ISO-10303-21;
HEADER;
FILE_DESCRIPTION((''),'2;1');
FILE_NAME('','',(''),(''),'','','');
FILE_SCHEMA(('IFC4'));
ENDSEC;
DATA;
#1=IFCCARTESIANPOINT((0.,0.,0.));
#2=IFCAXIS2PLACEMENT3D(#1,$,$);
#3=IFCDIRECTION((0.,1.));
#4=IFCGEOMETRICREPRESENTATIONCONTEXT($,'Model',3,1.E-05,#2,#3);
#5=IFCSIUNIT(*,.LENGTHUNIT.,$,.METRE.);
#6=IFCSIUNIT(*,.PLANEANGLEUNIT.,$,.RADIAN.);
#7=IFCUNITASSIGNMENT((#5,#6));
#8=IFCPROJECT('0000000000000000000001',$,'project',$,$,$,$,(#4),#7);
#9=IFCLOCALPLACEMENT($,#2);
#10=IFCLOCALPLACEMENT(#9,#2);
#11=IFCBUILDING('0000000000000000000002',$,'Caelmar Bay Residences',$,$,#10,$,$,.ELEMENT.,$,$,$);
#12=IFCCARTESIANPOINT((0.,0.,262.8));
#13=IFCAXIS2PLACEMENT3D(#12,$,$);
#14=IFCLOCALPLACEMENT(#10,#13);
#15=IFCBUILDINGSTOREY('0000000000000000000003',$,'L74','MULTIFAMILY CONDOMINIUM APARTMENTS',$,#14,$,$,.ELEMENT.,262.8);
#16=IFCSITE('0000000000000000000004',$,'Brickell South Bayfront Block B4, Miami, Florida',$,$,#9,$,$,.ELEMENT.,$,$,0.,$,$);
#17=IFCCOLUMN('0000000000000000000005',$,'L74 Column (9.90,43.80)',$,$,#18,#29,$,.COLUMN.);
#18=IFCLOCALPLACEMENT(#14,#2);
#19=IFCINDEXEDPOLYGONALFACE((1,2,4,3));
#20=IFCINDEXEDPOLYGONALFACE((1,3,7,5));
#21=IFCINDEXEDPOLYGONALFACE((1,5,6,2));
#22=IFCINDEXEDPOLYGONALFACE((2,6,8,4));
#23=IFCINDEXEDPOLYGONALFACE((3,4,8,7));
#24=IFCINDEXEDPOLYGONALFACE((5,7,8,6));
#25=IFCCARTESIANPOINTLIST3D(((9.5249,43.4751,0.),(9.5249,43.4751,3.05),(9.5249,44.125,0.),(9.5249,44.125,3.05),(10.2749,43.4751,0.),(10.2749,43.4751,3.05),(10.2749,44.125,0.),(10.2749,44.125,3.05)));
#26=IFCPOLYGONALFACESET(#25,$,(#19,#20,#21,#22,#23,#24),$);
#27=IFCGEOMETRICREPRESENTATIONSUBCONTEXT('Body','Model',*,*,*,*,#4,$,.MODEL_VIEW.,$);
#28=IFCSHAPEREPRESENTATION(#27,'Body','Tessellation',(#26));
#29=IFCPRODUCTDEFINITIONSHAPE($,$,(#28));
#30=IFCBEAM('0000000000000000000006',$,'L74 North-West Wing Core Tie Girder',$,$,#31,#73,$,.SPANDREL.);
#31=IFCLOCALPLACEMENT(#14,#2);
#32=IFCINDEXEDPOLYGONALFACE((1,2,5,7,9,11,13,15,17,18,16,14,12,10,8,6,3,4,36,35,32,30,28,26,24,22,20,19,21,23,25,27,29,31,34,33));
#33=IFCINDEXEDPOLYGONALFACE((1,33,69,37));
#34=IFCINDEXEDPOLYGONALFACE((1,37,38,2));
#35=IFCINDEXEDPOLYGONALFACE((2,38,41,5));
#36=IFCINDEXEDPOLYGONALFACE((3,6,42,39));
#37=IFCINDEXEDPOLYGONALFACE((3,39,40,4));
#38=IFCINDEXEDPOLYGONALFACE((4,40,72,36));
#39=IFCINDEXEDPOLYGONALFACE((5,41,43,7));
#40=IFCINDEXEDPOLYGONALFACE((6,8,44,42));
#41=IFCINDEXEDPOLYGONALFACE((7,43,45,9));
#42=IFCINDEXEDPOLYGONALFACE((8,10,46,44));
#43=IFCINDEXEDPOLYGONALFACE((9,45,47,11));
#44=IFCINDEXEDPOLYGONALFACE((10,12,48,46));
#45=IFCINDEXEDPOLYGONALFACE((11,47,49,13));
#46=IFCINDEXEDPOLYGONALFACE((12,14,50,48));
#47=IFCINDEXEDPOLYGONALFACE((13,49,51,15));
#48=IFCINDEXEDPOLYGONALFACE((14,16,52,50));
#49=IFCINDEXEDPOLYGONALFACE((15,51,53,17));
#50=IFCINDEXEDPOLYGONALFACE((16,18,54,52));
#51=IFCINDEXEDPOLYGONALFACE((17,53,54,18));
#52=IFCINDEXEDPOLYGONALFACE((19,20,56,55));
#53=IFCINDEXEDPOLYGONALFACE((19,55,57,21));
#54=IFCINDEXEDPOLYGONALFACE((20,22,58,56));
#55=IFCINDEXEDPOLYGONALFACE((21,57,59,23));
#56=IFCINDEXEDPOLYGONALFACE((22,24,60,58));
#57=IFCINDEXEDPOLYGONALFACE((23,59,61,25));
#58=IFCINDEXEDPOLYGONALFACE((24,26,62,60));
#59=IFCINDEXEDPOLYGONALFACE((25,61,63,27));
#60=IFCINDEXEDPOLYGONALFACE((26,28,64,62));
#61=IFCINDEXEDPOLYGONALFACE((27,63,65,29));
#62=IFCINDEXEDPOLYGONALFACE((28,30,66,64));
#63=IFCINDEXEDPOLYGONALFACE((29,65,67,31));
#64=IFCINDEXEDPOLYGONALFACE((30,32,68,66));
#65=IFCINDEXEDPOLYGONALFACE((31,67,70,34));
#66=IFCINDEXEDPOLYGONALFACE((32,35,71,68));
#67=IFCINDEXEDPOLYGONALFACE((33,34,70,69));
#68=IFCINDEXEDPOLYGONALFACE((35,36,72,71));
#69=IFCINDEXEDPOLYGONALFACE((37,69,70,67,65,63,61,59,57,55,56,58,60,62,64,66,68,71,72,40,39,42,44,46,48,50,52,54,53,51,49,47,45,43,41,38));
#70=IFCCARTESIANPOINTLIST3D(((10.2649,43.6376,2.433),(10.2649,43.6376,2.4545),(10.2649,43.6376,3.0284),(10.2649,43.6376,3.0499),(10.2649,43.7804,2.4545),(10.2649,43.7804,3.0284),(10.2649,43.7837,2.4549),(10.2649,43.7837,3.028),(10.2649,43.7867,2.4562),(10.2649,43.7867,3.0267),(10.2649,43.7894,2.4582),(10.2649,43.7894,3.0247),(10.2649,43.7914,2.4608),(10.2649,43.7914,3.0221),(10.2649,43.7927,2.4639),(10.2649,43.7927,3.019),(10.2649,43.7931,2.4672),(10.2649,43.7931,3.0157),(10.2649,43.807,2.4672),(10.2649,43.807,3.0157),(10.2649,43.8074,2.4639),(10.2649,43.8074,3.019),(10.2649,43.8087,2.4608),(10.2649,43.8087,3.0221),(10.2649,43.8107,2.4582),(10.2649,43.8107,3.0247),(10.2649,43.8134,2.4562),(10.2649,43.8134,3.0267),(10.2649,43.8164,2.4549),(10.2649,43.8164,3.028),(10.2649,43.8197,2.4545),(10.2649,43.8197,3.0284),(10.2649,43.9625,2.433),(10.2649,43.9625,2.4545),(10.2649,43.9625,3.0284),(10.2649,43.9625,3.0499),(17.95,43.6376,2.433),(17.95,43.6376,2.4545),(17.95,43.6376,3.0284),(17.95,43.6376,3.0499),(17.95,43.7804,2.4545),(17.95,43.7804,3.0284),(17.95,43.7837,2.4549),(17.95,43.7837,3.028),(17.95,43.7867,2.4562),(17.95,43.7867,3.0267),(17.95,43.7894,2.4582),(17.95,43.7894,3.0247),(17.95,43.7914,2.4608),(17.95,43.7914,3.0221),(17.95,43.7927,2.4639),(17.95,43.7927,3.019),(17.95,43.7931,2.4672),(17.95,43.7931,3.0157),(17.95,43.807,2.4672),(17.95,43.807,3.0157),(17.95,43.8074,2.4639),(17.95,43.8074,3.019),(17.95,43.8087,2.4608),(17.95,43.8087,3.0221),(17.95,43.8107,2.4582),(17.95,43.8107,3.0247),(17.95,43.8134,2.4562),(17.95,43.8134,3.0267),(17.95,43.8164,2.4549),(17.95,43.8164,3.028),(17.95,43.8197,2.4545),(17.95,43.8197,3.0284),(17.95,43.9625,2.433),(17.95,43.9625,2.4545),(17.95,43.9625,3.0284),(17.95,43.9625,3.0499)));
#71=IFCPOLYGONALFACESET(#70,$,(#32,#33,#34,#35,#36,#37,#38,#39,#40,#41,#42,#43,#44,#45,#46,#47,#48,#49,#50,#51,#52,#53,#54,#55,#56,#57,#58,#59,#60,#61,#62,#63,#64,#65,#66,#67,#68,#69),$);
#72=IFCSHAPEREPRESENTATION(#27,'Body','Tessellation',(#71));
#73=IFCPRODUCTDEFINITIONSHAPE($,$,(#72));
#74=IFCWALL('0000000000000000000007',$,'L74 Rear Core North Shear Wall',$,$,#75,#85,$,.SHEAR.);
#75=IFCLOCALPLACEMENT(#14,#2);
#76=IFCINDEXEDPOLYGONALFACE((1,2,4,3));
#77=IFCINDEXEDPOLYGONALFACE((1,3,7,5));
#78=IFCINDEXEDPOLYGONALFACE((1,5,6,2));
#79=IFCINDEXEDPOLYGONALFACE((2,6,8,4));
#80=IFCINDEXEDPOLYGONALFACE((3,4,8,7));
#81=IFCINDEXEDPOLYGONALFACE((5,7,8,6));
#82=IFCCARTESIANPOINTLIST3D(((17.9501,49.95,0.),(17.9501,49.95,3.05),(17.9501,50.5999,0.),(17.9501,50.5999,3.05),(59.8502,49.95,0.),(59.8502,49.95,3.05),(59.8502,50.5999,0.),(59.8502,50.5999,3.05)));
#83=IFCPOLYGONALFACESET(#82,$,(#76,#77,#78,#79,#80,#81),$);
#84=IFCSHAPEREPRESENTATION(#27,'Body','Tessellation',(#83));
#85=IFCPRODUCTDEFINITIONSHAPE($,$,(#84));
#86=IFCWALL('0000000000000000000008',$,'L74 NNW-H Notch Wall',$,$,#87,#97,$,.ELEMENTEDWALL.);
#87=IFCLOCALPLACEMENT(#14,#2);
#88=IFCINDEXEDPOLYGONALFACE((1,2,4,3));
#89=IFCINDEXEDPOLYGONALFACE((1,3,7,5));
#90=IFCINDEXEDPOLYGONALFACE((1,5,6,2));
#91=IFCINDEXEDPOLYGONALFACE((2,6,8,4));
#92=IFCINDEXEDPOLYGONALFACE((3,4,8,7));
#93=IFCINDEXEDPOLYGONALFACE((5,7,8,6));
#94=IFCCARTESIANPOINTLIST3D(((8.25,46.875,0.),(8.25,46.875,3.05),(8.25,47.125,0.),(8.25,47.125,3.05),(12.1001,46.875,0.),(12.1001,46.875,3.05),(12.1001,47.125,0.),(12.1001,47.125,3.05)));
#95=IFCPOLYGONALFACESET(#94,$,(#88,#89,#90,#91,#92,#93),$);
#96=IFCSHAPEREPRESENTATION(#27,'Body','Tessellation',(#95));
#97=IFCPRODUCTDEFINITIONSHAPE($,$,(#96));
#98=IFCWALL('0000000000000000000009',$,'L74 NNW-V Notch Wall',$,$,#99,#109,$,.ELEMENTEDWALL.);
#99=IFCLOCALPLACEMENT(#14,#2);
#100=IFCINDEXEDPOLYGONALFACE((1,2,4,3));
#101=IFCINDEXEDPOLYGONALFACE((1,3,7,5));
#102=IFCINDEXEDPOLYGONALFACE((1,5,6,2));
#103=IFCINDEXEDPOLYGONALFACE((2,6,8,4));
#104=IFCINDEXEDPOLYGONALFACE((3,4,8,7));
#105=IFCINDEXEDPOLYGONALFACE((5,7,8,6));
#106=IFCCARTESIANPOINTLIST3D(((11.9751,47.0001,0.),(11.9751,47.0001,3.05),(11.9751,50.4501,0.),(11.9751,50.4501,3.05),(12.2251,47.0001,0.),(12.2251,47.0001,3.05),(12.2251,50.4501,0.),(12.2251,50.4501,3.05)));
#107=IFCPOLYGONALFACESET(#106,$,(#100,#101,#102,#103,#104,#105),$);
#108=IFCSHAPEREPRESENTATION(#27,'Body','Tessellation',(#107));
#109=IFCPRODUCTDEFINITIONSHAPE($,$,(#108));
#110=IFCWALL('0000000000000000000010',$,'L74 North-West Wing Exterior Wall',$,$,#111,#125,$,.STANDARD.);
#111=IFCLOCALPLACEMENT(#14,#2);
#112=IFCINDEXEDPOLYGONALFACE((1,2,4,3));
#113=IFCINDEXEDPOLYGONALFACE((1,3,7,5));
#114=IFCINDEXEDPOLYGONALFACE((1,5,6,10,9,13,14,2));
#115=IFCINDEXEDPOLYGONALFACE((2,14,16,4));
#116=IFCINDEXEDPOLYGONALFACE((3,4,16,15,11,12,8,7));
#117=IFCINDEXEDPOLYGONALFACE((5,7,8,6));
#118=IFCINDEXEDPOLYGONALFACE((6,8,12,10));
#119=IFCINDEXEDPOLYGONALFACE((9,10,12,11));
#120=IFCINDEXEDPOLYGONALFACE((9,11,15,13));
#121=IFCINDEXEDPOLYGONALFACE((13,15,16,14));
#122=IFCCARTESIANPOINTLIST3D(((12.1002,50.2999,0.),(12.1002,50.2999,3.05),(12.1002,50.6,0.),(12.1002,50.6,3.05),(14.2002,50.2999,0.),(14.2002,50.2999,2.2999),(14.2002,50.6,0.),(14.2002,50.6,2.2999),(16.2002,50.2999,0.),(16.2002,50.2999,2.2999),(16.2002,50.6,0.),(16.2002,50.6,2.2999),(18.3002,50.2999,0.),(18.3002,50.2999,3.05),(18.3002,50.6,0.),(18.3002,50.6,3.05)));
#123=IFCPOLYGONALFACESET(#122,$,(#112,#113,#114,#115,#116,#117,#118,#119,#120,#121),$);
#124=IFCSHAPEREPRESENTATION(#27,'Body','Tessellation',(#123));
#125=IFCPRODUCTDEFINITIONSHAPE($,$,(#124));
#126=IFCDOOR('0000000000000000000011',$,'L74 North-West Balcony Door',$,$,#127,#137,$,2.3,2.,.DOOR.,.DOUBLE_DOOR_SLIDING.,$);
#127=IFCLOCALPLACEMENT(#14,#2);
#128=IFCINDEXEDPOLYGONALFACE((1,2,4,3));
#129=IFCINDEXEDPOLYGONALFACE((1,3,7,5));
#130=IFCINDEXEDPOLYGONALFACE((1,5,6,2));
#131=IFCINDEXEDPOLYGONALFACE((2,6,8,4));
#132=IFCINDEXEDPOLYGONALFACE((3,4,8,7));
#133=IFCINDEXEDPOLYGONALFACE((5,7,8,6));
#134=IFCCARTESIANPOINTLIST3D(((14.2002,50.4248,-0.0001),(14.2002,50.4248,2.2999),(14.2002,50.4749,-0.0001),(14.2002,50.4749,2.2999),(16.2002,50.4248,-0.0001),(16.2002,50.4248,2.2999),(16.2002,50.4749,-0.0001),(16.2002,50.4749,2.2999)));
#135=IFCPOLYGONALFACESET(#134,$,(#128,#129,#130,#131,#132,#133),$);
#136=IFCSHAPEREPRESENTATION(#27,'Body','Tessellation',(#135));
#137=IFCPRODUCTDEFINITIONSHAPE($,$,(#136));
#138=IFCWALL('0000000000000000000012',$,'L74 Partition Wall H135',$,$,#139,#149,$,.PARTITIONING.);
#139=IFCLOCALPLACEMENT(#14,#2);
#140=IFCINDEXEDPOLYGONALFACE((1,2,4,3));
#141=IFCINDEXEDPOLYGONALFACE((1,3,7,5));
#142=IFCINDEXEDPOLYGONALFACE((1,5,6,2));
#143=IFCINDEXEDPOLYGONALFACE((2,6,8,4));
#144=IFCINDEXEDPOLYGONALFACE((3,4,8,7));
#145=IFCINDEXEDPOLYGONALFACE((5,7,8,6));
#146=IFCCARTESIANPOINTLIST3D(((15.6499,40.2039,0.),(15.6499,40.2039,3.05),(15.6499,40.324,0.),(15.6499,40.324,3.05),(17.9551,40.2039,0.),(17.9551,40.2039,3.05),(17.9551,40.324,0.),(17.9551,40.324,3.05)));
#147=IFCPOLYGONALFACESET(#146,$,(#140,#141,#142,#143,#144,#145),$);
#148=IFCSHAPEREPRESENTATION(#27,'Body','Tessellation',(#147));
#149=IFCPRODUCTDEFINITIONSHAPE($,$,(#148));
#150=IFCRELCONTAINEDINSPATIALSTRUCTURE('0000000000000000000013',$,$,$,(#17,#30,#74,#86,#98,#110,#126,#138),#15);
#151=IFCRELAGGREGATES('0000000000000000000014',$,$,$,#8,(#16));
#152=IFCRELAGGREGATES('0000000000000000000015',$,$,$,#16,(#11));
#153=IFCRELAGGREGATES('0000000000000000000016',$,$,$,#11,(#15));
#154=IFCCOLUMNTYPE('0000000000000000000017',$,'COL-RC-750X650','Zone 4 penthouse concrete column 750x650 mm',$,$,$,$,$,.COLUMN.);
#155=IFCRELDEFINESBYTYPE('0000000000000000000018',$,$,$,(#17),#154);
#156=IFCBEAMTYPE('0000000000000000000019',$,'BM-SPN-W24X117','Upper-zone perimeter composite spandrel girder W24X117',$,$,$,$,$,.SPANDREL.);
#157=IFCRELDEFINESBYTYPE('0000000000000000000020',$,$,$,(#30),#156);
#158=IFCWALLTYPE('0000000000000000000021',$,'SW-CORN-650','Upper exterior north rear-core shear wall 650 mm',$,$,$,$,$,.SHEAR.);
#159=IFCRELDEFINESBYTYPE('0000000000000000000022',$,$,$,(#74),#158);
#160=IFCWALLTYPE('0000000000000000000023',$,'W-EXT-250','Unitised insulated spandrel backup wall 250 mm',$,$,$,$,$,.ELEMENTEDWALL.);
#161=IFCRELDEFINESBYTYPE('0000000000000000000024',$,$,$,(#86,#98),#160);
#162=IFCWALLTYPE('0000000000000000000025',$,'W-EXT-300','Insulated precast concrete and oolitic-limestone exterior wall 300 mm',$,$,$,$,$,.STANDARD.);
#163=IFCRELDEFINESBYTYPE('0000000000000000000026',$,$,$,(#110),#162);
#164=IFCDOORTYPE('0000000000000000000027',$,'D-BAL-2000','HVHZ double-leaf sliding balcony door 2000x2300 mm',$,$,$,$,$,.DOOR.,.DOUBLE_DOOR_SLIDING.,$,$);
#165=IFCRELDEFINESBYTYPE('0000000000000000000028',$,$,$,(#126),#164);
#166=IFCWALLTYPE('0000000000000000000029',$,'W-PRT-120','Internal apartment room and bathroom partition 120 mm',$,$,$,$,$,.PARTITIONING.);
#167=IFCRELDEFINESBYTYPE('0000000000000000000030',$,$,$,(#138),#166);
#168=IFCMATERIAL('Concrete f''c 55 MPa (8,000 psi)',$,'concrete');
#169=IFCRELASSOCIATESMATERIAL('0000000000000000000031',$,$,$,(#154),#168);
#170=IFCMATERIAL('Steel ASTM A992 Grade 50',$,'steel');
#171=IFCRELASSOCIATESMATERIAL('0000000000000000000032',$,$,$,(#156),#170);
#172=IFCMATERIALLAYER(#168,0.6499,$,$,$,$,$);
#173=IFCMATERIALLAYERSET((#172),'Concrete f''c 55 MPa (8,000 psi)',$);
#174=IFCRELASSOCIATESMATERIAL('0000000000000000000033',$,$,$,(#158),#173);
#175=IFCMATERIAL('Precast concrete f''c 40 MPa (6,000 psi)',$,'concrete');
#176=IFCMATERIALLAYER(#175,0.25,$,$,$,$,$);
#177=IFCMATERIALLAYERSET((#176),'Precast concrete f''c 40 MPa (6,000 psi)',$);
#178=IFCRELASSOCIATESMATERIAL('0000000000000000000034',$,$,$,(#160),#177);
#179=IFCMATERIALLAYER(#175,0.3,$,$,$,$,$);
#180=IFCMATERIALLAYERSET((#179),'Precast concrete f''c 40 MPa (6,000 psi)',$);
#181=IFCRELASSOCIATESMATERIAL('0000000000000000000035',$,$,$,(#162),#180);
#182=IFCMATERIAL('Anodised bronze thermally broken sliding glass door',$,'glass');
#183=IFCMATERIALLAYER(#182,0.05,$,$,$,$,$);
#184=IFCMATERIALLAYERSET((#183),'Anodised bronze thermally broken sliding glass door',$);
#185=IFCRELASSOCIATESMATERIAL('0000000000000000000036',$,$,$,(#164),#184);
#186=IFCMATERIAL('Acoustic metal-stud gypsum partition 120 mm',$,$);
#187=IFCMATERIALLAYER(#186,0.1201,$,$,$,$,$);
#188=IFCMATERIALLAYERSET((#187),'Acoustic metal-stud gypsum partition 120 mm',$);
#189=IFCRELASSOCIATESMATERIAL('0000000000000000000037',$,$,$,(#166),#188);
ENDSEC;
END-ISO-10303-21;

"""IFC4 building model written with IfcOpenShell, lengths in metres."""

from ifc_helpers import new_model, si_unit, direction, frame, frame_2d, origin, origin_2d, place, context, subcontext, project, spatial, rectangle, i_section, extrude, material, layer, layer_set, material_profile, profile_set, type_object, element, fill, save


model = new_model("IFC4")

# Units and contexts
model_context = context("Model", 3, precision=1e-05, world=origin(), true_north=direction((0.0, 1.0)))
body_context = subcontext(model_context, "Body", "Model", "MODEL_VIEW")
ifc_project = project(units=[si_unit("LENGTHUNIT", "METRE"), si_unit("PLANEANGLEUNIT", "RADIAN")], contexts=[model_context])

# Site, building, storey
site_placement = place(None, origin())
site = spatial("IfcSite", under=ifc_project, at=site_placement, Name="Brickell South Bayfront Block B4, Miami, Florida", CompositionType="ELEMENT", RefElevation=0.0)
building_placement = place(site_placement, origin())
building = spatial("IfcBuilding", under=site, at=building_placement, Name="Caelmar Bay Residences", CompositionType="ELEMENT")
storey_placement = place(building_placement, frame((0.0, 0.0, 262.8)))
storey = spatial("IfcBuildingStorey", under=building, at=storey_placement, Name="L74", Description="MULTIFAMILY CONDOMINIUM APARTMENTS", CompositionType="ELEMENT", Elevation=262.8)

# Column
ifc_material_1 = material(Name="Concrete f'c 55 MPa (8,000 psi)", Category="concrete")
ifc_material_profile_1 = material_profile(ifc_material_1, rectangle(XDim=0.75, YDim=0.6499, at=origin_2d()), Name="RC-COL-750X650")
ifc_profile_set_1 = profile_set([ifc_material_profile_1], Name="Concrete f'c 55 MPa (8,000 psi)")
column_type = type_object("IfcColumnType", Name="COL-RC-750X650", Description="Zone 4 penthouse concrete column 750x650 mm", PredefinedType="COLUMN", material=ifc_profile_set_1)
column_placement = place(storey_placement, frame((9.8999, 43.8, 0.0), z_axis=(0.0, 0.0, 1.0), x_axis=(1.0, 0.0, 0.0)))
element("IfcColumn", 1, at=column_placement, inside=storey, type_object=column_type, Name="L74 Column (9.90,43.80)", PredefinedType="COLUMN", context=body_context, shape_type="SweptSolid", body=[
    extrude(rectangle(XDim=0.75, YDim=0.6499, at=origin_2d()), origin(), (0.0, 0.0, 1.0), 3.05),
])

# Beam
ifc_material_2 = material(Name="Steel ASTM A992 Grade 50", Category="steel")
ifc_material_profile_2 = material_profile(ifc_material_2, i_section(OverallWidth=0.325, OverallDepth=0.6169, WebThickness=0.0139, FlangeThickness=0.0215, FilletRadius=0.0127, at=origin_2d()), Name="W24X117")
ifc_profile_set_2 = profile_set([ifc_material_profile_2], Name="Steel ASTM A992 Grade 50")
beam_type = type_object("IfcBeamType", Name="BM-SPN-W24X117", Description="Upper-zone perimeter composite spandrel girder W24X117", PredefinedType="SPANDREL", material=ifc_profile_set_2)
beam_placement = place(storey_placement, frame((10.2649, 43.8, 2.7415), z_axis=(1.0, 0.0, 0.0), x_axis=(0.0, 1.0, 0.0)))
element("IfcBeam", 2, at=beam_placement, inside=storey, type_object=beam_type, Name="L74 North-West Wing Core Tie Girder", PredefinedType="SPANDREL", context=body_context, shape_type="SweptSolid", body=[
    extrude(i_section(OverallWidth=0.325, OverallDepth=0.6169, WebThickness=0.0139, FlangeThickness=0.0215, FilletRadius=0.0127, at=origin_2d()), origin(), (0.0, 0.0, 1.0), 7.6851),
])

# Walls
ifc_layer_1 = layer(ifc_material_1, 0.6499)
ifc_layer_set_1 = layer_set([ifc_layer_1], Name="Concrete f'c 55 MPa (8,000 psi)")
wall_type_1 = type_object("IfcWallType", Name="SW-CORN-650", Description="Upper exterior north rear-core shear wall 650 mm", PredefinedType="SHEAR", material=ifc_layer_set_1)
wall_1_placement = place(storey_placement, frame((17.95, 50.2749, 0.0), z_axis=(0.0, 0.0, 1.0), x_axis=(1.0, 0.0, 0.0)))
element("IfcWall", 3, at=wall_1_placement, inside=storey, type_object=wall_type_1, Name="L74 Rear Core North Shear Wall", PredefinedType="SHEAR", context=body_context, shape_type="SweptSolid", body=[
    extrude(rectangle(XDim=41.9001, YDim=0.6499, at=frame_2d((20.9502, 0.0))), origin(), (0.0, 0.0, 1.0), 3.05),
])
ifc_material_3 = material(Name="Precast concrete f'c 40 MPa (6,000 psi)", Category="concrete")
ifc_layer_2 = layer(ifc_material_3, 0.25)
ifc_layer_set_2 = layer_set([ifc_layer_2], Name="Precast concrete f'c 40 MPa (6,000 psi)")
wall_type_2 = type_object("IfcWallType", Name="W-EXT-250", Description="Unitised insulated spandrel backup wall 250 mm", PredefinedType="ELEMENTEDWALL", material=ifc_layer_set_2)
wall_2_placement = place(storey_placement, frame((8.25, 47.0, 0.0), z_axis=(0.0, 0.0, 1.0), x_axis=(1.0, 0.0, 0.0)))
element("IfcWall", 4, at=wall_2_placement, inside=storey, type_object=wall_type_2, Name="L74 NNW-H Notch Wall", PredefinedType="ELEMENTEDWALL", context=body_context, shape_type="SweptSolid", body=[
    extrude(rectangle(XDim=3.8501, YDim=0.25, at=frame_2d((1.925, 0.0))), origin(), (0.0, 0.0, 1.0), 3.05),
])
wall_3_placement = place(storey_placement, frame((12.1001, 47.0, 0.0), z_axis=(0.0, 0.0, 1.0), x_axis=(0.0, 1.0, 0.0)))
element("IfcWall", 5, at=wall_3_placement, inside=storey, type_object=wall_type_2, Name="L74 NNW-V Notch Wall", PredefinedType="ELEMENTEDWALL", context=body_context, shape_type="SweptSolid", body=[
    extrude(rectangle(XDim=3.45, YDim=0.25, at=frame_2d((1.7251, 0.0))), origin(), (0.0, 0.0, 1.0), 3.05),
])

# Wall, opening, door
ifc_layer_3 = layer(ifc_material_3, 0.3)
ifc_layer_set_3 = layer_set([ifc_layer_3], Name="Precast concrete f'c 40 MPa (6,000 psi)")
wall_type_3 = type_object("IfcWallType", Name="W-EXT-300", Description="Insulated precast concrete and oolitic-limestone exterior wall 300 mm", PredefinedType="STANDARD", material=ifc_layer_set_3)
wall_4_placement = place(storey_placement, frame((12.1001, 50.45, 0.0), z_axis=(0.0, 0.0, 1.0), x_axis=(1.0, 0.0, 0.0)))
wall_4 = element("IfcWall", 6, at=wall_4_placement, inside=storey, type_object=wall_type_3, Name="L74 North-West Wing Exterior Wall", PredefinedType="STANDARD", context=body_context, shape_type="SweptSolid", body=[
    extrude(rectangle(XDim=6.2, YDim=0.3, at=frame_2d((3.1001, 0.0))), origin(), (0.0, 0.0, 1.0), 3.05),
])
opening_1_placement = place(wall_4_placement, frame((2.1001, 0.0, 0.0)))
opening_1 = element("IfcOpeningElement", 7, at=opening_1_placement, cuts=wall_4, PredefinedType="OPENING", context=body_context, shape_type="SweptSolid", body=[
    extrude(rectangle(XDim=2.0, YDim=2.3, at=frame_2d((1.0, 1.1499))), frame((0.0, 0.1599, 0.0), z_axis=(0.0, -1.0, 0.0), x_axis=(1.0, 0.0, 0.0)), (0.0, 0.0, 1.0), 0.3201),
])
ifc_material_4 = material(Name="Anodised bronze thermally broken sliding glass door", Category="glass")
ifc_layer_4 = layer(ifc_material_4, 0.05)
ifc_layer_set_4 = layer_set([ifc_layer_4], Name="Anodised bronze thermally broken sliding glass door")
door_type_1 = type_object("IfcDoorType", Name="D-BAL-2000", Description="HVHZ double-leaf sliding balcony door 2000x2300 mm", OperationType="DOUBLE_DOOR_SLIDING", PredefinedType="DOOR", material=ifc_layer_set_4)
door_1_placement = place(opening_1_placement, origin())
door_1 = element("IfcDoor", 8, at=door_1_placement, inside=storey, type_object=door_type_1, Name="L74 North-West Balcony Door", OperationType="DOUBLE_DOOR_SLIDING", OverallHeight=2.3, OverallWidth=2.0, PredefinedType="DOOR", context=body_context, shape_type="SweptSolid", body=[
    extrude(rectangle(XDim=2.0, YDim=2.3, at=frame_2d((1.0, 1.1499))), frame((0.0, 0.0249, 0.0), z_axis=(0.0, -1.0, 0.0), x_axis=(1.0, 0.0, 0.0)), (0.0, 0.0, 1.0), 0.05),
])
fill(opening_1, door_1)

# Wall
ifc_material_5 = material(Name="Acoustic metal-stud gypsum partition 120 mm")
ifc_layer_5 = layer(ifc_material_5, 0.1201)
ifc_layer_set_5 = layer_set([ifc_layer_5], Name="Acoustic metal-stud gypsum partition 120 mm")
wall_type_4 = type_object("IfcWallType", Name="W-PRT-120", Description="Internal apartment room and bathroom partition 120 mm", PredefinedType="PARTITIONING", material=ifc_layer_set_5)
wall_5_placement = place(storey_placement, frame((15.6499, 40.2639, 0.0), z_axis=(0.0, 0.0, 1.0), x_axis=(1.0, 0.0, 0.0)))
element("IfcWall", 9, at=wall_5_placement, inside=storey, type_object=wall_type_4, Name="L74 Partition Wall H135", PredefinedType="PARTITIONING", context=body_context, shape_type="SweptSolid", body=[
    extrude(rectangle(XDim=2.3052, YDim=0.1201, at=frame_2d((1.1526, 0.0))), origin(), (0.0, 0.0, 1.0), 3.05),
])

save(model, "model.ifc")
